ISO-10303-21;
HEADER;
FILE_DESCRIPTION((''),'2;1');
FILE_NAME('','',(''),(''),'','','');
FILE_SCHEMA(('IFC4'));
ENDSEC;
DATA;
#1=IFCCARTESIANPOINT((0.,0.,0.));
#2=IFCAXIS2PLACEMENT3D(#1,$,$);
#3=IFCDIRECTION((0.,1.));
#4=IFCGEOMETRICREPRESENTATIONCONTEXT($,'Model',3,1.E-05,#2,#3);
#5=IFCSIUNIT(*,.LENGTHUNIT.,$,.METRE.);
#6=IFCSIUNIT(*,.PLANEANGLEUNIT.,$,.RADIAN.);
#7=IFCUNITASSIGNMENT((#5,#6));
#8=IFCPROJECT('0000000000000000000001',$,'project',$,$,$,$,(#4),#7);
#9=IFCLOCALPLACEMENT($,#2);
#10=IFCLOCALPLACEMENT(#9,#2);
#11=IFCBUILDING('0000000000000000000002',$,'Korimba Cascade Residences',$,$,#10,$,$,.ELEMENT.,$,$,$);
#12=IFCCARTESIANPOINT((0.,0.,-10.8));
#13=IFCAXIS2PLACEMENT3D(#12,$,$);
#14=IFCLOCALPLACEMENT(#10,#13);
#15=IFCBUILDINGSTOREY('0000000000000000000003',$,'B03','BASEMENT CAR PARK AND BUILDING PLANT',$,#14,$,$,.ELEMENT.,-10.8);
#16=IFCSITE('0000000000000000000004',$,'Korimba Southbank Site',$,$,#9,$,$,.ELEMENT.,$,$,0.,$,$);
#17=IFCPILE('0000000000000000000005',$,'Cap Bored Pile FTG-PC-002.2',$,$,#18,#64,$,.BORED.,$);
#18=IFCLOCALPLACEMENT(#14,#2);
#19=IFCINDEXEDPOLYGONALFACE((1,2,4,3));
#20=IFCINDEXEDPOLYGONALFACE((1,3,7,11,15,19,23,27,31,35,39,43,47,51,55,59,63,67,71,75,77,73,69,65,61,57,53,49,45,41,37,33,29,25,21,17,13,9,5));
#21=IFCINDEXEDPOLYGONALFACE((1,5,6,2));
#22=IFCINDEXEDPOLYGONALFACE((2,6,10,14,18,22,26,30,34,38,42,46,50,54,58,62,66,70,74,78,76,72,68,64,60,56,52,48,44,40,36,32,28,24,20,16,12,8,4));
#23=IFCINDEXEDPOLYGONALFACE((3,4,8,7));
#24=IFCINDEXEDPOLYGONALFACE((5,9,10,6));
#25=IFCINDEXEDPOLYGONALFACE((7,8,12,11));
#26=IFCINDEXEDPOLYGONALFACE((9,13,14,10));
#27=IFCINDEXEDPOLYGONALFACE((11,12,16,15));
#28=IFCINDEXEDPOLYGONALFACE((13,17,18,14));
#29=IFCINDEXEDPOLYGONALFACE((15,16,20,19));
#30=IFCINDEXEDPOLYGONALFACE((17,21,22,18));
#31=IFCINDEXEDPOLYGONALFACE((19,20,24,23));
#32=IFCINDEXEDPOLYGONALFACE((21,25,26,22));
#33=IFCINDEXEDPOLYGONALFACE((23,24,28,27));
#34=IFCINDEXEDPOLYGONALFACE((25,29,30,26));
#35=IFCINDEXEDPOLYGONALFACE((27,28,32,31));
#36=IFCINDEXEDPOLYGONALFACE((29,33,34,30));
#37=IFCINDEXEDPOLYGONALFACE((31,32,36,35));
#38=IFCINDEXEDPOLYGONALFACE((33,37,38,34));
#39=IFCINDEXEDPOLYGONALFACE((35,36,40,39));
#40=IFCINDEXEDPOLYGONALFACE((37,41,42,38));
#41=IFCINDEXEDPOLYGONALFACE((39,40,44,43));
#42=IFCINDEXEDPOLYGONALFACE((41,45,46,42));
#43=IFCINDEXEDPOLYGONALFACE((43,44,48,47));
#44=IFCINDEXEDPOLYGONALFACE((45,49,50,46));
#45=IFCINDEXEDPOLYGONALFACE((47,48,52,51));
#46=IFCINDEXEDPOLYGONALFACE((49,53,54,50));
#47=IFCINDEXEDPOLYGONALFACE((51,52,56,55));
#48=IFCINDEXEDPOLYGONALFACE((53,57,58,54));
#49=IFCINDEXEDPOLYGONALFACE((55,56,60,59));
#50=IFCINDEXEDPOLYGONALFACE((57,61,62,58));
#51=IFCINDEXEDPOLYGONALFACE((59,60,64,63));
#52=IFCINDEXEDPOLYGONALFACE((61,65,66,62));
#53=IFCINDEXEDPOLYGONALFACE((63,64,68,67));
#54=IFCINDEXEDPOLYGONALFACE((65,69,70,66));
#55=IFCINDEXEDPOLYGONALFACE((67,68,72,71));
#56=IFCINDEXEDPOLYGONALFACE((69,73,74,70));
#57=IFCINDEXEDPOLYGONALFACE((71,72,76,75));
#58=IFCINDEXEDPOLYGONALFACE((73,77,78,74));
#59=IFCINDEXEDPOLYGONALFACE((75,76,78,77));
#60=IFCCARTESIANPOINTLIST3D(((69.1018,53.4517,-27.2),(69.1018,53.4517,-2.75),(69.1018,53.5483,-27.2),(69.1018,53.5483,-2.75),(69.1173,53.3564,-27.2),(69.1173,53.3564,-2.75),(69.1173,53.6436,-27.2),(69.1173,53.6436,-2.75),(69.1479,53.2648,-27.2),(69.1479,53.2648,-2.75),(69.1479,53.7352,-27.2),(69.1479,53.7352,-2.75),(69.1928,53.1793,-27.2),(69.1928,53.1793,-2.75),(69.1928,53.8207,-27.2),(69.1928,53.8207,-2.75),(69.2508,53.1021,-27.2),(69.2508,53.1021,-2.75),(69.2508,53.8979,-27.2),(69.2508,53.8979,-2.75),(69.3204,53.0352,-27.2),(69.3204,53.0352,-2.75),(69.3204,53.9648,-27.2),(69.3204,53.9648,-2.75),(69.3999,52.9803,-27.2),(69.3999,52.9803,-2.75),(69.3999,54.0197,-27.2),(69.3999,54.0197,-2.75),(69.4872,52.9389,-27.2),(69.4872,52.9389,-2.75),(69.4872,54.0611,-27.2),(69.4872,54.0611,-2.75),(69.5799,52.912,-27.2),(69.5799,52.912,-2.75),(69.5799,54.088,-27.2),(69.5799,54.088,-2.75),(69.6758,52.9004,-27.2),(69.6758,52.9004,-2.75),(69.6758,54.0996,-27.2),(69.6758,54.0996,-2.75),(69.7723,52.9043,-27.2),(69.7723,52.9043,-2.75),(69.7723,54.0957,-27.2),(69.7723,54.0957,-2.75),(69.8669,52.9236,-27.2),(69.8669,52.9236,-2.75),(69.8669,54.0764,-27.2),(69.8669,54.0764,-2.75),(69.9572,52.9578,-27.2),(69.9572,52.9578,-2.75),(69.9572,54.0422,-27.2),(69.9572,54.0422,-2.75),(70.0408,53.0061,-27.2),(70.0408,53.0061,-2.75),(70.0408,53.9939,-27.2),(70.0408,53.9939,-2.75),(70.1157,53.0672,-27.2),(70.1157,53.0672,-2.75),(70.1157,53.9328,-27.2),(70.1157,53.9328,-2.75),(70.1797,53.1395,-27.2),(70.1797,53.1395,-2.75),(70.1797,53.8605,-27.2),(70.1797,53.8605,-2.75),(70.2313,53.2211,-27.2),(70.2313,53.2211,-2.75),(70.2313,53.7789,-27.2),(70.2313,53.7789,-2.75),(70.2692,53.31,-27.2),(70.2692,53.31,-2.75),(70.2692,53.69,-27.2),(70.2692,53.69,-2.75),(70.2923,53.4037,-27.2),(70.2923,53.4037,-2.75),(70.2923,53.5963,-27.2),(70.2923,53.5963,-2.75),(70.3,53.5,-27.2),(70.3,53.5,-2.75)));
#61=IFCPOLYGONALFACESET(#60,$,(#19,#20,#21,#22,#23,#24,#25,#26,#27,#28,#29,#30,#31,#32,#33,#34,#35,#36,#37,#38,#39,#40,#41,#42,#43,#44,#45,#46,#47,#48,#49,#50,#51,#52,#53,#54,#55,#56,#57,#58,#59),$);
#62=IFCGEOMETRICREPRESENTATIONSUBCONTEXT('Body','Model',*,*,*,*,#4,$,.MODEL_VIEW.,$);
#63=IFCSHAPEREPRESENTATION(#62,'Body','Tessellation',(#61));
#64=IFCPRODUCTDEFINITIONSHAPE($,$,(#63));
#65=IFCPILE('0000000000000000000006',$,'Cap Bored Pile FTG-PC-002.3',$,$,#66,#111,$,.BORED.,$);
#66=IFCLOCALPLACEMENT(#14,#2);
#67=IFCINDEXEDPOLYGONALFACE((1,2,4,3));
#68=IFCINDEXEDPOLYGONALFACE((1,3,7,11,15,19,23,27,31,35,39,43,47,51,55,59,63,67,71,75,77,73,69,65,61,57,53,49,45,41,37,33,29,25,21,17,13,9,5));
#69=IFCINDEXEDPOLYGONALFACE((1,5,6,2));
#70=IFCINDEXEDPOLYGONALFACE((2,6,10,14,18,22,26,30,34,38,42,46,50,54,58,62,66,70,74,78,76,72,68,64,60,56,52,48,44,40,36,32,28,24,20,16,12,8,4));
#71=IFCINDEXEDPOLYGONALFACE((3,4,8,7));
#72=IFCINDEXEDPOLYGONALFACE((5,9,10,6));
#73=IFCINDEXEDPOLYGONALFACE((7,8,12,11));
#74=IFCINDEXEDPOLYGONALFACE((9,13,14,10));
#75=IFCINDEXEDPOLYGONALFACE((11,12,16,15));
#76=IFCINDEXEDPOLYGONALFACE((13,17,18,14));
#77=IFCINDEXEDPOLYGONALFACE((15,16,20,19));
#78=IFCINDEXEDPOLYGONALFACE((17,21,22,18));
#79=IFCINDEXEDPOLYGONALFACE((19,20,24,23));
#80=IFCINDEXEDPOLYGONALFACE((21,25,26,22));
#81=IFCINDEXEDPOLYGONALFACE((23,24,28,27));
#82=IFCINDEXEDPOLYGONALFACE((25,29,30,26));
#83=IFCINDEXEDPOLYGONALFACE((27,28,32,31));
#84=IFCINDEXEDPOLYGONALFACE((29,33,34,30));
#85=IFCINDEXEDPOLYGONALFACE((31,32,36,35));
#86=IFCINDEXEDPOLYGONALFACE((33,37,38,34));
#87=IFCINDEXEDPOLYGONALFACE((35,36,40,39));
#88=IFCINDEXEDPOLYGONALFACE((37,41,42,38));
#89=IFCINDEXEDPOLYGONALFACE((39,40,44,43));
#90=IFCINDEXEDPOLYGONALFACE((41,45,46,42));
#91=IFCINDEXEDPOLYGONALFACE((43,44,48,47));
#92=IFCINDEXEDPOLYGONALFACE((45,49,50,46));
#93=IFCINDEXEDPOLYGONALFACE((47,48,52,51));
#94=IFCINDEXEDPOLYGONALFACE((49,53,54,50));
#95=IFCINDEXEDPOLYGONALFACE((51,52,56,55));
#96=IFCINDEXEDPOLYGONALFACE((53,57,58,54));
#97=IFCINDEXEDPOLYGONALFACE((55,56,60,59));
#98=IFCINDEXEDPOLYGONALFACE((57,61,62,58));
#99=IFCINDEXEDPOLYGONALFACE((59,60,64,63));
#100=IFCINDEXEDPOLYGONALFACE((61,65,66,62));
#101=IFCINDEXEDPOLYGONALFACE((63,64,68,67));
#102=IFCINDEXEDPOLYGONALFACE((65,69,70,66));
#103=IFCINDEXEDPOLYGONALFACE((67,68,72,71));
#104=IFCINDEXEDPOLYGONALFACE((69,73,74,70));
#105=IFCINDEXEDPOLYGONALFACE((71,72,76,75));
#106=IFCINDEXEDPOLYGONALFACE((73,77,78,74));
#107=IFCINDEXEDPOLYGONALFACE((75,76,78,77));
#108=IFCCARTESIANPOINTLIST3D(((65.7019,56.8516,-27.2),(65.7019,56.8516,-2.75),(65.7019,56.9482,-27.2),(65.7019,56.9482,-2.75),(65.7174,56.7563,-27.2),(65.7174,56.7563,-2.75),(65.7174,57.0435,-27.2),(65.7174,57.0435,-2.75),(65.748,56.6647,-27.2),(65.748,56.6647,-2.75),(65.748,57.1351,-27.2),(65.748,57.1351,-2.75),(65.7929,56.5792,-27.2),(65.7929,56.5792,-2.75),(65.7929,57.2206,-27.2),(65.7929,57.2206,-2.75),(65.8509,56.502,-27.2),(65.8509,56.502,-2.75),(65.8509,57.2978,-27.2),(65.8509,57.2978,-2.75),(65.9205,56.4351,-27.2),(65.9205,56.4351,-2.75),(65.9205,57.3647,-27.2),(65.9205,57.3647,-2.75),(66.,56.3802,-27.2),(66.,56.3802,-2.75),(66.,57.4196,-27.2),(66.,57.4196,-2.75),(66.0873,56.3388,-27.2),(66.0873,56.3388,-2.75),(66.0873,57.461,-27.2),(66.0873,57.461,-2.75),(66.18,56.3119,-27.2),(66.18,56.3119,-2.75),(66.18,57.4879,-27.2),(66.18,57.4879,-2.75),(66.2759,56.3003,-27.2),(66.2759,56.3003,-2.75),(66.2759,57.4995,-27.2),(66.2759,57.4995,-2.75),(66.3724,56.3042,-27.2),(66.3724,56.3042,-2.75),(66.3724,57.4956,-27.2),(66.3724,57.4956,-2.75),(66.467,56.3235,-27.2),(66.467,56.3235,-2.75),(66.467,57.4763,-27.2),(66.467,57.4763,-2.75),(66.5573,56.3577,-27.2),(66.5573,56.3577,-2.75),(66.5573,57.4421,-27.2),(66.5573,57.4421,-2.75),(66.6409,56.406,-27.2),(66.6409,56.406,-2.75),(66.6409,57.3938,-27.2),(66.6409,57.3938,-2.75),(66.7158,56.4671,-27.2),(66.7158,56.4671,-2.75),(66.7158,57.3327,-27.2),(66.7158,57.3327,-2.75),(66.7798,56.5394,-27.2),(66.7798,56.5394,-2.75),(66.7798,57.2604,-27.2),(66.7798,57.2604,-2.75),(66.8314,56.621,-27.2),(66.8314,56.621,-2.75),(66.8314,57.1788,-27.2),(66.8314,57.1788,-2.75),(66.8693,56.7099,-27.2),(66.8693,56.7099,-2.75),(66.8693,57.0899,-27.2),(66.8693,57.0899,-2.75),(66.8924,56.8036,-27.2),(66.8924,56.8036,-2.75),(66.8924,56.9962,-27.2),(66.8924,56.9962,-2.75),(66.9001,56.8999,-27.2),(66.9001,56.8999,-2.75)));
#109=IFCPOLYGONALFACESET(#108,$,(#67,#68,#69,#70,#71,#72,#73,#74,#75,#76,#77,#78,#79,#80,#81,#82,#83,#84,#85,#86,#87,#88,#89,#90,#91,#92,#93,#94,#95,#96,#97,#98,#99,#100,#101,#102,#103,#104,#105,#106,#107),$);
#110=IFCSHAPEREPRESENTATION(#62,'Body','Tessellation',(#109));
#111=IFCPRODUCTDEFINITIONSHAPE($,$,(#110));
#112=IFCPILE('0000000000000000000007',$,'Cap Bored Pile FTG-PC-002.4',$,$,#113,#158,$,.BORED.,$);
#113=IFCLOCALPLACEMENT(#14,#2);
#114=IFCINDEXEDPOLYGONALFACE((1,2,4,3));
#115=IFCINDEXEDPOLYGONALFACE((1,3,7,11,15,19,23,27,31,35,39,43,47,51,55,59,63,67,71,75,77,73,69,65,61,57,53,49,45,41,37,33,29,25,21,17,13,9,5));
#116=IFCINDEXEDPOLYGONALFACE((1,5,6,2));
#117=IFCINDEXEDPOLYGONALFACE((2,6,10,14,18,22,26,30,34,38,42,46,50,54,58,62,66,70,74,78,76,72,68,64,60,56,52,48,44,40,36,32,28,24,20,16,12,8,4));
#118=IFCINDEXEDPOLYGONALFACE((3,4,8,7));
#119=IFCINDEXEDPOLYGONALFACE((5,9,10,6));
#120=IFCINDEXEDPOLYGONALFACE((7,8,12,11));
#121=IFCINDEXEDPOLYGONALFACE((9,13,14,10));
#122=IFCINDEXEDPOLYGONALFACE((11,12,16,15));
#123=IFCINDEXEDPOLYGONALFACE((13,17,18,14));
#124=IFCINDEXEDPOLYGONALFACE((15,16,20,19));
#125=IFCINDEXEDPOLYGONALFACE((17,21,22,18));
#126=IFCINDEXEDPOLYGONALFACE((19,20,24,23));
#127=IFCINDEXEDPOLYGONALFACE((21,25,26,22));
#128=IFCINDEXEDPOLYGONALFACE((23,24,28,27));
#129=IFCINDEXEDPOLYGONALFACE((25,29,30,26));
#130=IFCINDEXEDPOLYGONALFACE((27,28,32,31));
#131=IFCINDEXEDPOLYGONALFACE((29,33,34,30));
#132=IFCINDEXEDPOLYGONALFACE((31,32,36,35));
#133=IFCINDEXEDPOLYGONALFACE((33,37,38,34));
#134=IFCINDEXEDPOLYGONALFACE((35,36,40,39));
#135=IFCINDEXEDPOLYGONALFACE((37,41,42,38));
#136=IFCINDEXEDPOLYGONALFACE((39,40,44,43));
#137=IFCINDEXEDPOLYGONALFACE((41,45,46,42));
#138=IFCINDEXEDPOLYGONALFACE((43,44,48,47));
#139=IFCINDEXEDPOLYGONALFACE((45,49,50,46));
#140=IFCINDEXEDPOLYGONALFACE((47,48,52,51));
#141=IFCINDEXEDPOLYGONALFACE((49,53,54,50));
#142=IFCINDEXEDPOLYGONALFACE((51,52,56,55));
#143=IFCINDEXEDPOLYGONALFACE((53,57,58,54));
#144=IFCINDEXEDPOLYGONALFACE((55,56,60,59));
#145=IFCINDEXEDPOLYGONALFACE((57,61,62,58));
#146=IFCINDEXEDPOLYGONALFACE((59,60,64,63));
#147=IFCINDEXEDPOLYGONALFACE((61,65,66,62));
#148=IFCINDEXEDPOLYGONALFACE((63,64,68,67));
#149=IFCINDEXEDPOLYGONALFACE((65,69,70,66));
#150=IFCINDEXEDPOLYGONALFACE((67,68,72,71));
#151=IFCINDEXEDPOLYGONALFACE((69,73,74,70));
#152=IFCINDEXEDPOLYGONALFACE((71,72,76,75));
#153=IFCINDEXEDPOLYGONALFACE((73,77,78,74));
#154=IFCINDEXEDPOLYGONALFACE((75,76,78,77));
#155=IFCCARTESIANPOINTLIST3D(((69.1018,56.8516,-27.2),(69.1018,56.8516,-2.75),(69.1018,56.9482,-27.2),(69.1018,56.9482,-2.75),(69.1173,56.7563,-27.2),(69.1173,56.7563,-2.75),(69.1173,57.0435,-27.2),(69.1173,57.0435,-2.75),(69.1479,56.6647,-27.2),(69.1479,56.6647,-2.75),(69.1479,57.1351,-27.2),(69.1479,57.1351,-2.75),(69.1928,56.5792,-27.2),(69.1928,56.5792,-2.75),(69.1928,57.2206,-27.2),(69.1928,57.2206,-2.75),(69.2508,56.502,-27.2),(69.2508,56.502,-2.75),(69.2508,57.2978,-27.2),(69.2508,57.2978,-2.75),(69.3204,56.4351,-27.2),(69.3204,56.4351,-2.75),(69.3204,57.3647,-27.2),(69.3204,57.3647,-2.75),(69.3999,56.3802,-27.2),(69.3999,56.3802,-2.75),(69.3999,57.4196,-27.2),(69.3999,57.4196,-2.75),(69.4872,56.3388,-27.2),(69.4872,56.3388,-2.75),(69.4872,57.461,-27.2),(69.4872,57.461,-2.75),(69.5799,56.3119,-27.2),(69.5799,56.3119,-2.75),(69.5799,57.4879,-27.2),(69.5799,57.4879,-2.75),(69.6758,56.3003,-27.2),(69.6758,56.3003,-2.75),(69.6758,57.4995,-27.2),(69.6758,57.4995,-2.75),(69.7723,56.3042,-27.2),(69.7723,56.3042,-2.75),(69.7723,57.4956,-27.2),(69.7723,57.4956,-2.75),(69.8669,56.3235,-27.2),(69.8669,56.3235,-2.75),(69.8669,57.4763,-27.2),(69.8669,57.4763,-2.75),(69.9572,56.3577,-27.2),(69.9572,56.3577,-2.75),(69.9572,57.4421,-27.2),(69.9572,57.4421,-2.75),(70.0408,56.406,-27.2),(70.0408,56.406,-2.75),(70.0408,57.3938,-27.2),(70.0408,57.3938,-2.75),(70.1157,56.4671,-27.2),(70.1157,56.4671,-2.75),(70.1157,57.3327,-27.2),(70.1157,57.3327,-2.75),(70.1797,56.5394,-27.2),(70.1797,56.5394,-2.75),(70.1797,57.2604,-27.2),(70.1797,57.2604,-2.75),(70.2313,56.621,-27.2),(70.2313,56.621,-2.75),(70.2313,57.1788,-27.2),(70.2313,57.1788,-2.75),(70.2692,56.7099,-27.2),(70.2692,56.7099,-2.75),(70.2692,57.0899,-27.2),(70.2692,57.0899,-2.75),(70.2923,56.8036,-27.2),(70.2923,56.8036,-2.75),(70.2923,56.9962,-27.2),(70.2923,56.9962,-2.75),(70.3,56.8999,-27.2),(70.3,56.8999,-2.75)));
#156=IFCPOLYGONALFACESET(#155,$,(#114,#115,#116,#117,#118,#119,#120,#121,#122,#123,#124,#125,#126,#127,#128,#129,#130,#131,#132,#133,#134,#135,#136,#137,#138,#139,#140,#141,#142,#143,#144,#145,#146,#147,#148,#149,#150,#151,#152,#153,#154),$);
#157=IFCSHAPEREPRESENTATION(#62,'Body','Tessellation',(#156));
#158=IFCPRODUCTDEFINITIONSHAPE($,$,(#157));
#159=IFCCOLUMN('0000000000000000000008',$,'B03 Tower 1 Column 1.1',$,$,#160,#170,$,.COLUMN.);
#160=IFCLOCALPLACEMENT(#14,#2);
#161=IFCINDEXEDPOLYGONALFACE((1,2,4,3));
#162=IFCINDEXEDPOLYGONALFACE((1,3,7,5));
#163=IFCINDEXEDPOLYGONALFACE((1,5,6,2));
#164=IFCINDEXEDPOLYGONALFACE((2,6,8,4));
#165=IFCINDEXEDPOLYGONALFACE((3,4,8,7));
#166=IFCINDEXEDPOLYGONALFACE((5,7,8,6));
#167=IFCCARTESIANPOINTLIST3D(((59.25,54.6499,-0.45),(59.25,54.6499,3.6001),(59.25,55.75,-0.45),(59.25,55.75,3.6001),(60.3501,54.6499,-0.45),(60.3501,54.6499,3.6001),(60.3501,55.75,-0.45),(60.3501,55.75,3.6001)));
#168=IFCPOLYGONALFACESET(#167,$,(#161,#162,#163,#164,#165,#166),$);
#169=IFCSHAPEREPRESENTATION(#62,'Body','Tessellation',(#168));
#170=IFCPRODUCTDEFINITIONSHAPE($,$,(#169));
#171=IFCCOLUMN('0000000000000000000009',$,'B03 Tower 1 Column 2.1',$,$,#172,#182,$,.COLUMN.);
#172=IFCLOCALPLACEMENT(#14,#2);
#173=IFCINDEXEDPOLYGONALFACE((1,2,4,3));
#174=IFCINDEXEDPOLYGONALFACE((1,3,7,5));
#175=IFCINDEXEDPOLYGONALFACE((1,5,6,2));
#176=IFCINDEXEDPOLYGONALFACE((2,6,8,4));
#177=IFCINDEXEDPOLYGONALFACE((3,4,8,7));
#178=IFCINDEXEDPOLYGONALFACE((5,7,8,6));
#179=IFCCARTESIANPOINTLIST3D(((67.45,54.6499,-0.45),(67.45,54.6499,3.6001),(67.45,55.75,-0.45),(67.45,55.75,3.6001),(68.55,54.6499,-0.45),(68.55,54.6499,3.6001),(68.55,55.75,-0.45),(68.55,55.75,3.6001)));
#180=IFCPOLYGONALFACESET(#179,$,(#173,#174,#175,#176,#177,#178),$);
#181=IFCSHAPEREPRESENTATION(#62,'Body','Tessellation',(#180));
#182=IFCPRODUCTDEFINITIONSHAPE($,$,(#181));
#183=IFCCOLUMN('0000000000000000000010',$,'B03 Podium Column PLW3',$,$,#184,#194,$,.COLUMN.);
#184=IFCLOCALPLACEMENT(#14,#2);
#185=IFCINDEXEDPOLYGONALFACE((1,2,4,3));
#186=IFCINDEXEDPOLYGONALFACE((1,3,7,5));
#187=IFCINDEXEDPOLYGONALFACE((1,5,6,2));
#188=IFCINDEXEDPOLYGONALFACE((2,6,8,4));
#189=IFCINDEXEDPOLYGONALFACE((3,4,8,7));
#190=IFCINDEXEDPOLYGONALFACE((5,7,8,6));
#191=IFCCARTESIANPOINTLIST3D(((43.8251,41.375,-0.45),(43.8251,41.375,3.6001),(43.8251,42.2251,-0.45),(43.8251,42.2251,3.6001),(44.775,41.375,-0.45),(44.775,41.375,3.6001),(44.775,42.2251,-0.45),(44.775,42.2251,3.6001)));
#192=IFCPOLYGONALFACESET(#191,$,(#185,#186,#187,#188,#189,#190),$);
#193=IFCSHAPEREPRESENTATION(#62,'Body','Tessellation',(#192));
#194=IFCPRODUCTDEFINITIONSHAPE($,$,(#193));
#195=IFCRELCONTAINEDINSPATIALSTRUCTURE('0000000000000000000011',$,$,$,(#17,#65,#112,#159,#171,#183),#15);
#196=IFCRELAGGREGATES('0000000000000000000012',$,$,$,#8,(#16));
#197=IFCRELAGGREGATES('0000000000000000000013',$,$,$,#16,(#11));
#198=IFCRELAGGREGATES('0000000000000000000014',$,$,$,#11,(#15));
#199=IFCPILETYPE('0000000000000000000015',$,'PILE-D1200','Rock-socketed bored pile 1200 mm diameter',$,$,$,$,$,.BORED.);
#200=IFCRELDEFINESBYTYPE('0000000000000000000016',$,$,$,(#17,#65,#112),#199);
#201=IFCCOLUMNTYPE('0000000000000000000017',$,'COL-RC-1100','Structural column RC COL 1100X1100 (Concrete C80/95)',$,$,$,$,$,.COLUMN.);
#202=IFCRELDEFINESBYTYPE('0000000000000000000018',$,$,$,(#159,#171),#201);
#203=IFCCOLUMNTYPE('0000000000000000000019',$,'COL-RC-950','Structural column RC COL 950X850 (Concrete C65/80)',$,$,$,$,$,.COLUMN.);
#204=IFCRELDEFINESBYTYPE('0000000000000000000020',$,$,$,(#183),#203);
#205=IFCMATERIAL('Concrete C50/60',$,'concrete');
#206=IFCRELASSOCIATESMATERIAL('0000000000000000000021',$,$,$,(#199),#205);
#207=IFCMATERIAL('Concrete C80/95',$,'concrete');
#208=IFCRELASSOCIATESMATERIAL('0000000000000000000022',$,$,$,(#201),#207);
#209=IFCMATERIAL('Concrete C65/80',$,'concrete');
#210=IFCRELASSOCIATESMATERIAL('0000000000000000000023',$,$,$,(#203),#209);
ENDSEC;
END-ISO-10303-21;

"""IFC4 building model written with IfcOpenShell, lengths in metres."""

from ifc_helpers import new_model, si_unit, direction, frame, origin, origin_2d, place, context, subcontext, project, spatial, rectangle, circle, extrude, material, material_profile, profile_set, type_object, element, save


model = new_model("IFC4")

# Units and contexts
model_context = context("Model", 3, precision=1e-05, world=origin(), true_north=direction((0.0, 1.0)))
body_context = subcontext(model_context, "Body", "Model", "MODEL_VIEW")
ifc_project = project(units=[si_unit("LENGTHUNIT", "METRE"), si_unit("PLANEANGLEUNIT", "RADIAN")], contexts=[model_context])

# Site, building, storey
site_placement = place(None, origin())
site = spatial("IfcSite", under=ifc_project, at=site_placement, Name="Korimba Southbank Site", CompositionType="ELEMENT", RefElevation=0.0)
building_placement = place(site_placement, origin())
building = spatial("IfcBuilding", under=site, at=building_placement, Name="Korimba Cascade Residences", CompositionType="ELEMENT")
storey_placement = place(building_placement, frame((0.0, 0.0, -10.8)))
storey = spatial("IfcBuildingStorey", under=building, at=storey_placement, Name="B03", Description="BASEMENT CAR PARK AND BUILDING PLANT", CompositionType="ELEMENT", Elevation=-10.8)

# Piles
ifc_material_1 = material(Name="Concrete C50/60", Category="concrete")
ifc_material_profile_1 = material_profile(ifc_material_1, circle(Radius=0.6001, at=origin_2d()), Name="Concrete C50/60")
ifc_profile_set_1 = profile_set([ifc_material_profile_1], Name="Concrete C50/60")
pile_type = type_object("IfcPileType", Name="PILE-D1200", Description="Rock-socketed bored pile 1200 mm diameter", PredefinedType="BORED", material=ifc_profile_set_1)
for number, where, z_axis, x_axis, name in (
    (1, (69.7, 53.5, -2.75), (0.0, 0.0, -1.0), (1.0, 0.0, 0.0), "Cap Bored Pile FTG-PC-002.2"),
    (2, (66.3, 56.8999, -2.75), (0.0, 0.0, -1.0), (1.0, 0.0, 0.0), "Cap Bored Pile FTG-PC-002.3"),
    (3, (69.7, 56.8999, -2.75), (0.0, 0.0, -1.0), (1.0, 0.0, 0.0), "Cap Bored Pile FTG-PC-002.4"),
):
    element("IfcPile", number, at=place(storey_placement, frame(where, z_axis=z_axis, x_axis=x_axis)), inside=storey, type_object=pile_type, Name=name, PredefinedType="BORED", context=body_context, shape_type="SweptSolid", body=[
        extrude(circle(Radius=0.6001, at=origin_2d()), origin(), (0.0, 0.0, 1.0), 24.45),
    ])

# Columns
ifc_material_2 = material(Name="Concrete C80/95", Category="concrete")
ifc_material_profile_2 = material_profile(ifc_material_2, rectangle(XDim=1.1001, YDim=1.1001, at=origin_2d()), Name="Concrete C80/95")
ifc_profile_set_2 = profile_set([ifc_material_profile_2], Name="Concrete C80/95")
column_type_1 = type_object("IfcColumnType", Name="COL-RC-1100", Description="Structural column RC COL 1100X1100 (Concrete C80/95)", PredefinedType="COLUMN", material=ifc_profile_set_2)
for number, where, z_axis, x_axis, name in (
    (4, (59.8, 55.2, -0.45), (0.0, 0.0, 1.0), (1.0, 0.0, 0.0), "B03 Tower 1 Column 1.1"),
    (5, (68.0, 55.2, -0.45), (0.0, 0.0, 1.0), (1.0, 0.0, 0.0), "B03 Tower 1 Column 2.1"),
):
    element("IfcColumn", number, at=place(storey_placement, frame(where, z_axis=z_axis, x_axis=x_axis)), inside=storey, type_object=column_type_1, Name=name, PredefinedType="COLUMN", context=body_context, shape_type="SweptSolid", body=[
        extrude(rectangle(XDim=1.1001, YDim=1.1001, at=origin_2d()), origin(), (0.0, 0.0, 1.0), 4.05),
    ])
ifc_material_3 = material(Name="Concrete C65/80", Category="concrete")
ifc_material_profile_3 = material_profile(ifc_material_3, rectangle(XDim=0.95, YDim=0.8501, at=origin_2d()), Name="Concrete C65/80")
ifc_profile_set_3 = profile_set([ifc_material_profile_3], Name="Concrete C65/80")
column_type_2 = type_object("IfcColumnType", Name="COL-RC-950", Description="Structural column RC COL 950X850 (Concrete C65/80)", PredefinedType="COLUMN", material=ifc_profile_set_3)
column_placement = place(storey_placement, frame((44.3, 41.8, -0.45), z_axis=(0.0, 0.0, 1.0), x_axis=(1.0, 0.0, 0.0)))
element("IfcColumn", 6, at=column_placement, inside=storey, type_object=column_type_2, Name="B03 Podium Column PLW3", PredefinedType="COLUMN", context=body_context, shape_type="SweptSolid", body=[
    extrude(rectangle(XDim=0.95, YDim=0.8501, at=origin_2d()), origin(), (0.0, 0.0, 1.0), 4.05),
])

save(model, "model.ifc")
